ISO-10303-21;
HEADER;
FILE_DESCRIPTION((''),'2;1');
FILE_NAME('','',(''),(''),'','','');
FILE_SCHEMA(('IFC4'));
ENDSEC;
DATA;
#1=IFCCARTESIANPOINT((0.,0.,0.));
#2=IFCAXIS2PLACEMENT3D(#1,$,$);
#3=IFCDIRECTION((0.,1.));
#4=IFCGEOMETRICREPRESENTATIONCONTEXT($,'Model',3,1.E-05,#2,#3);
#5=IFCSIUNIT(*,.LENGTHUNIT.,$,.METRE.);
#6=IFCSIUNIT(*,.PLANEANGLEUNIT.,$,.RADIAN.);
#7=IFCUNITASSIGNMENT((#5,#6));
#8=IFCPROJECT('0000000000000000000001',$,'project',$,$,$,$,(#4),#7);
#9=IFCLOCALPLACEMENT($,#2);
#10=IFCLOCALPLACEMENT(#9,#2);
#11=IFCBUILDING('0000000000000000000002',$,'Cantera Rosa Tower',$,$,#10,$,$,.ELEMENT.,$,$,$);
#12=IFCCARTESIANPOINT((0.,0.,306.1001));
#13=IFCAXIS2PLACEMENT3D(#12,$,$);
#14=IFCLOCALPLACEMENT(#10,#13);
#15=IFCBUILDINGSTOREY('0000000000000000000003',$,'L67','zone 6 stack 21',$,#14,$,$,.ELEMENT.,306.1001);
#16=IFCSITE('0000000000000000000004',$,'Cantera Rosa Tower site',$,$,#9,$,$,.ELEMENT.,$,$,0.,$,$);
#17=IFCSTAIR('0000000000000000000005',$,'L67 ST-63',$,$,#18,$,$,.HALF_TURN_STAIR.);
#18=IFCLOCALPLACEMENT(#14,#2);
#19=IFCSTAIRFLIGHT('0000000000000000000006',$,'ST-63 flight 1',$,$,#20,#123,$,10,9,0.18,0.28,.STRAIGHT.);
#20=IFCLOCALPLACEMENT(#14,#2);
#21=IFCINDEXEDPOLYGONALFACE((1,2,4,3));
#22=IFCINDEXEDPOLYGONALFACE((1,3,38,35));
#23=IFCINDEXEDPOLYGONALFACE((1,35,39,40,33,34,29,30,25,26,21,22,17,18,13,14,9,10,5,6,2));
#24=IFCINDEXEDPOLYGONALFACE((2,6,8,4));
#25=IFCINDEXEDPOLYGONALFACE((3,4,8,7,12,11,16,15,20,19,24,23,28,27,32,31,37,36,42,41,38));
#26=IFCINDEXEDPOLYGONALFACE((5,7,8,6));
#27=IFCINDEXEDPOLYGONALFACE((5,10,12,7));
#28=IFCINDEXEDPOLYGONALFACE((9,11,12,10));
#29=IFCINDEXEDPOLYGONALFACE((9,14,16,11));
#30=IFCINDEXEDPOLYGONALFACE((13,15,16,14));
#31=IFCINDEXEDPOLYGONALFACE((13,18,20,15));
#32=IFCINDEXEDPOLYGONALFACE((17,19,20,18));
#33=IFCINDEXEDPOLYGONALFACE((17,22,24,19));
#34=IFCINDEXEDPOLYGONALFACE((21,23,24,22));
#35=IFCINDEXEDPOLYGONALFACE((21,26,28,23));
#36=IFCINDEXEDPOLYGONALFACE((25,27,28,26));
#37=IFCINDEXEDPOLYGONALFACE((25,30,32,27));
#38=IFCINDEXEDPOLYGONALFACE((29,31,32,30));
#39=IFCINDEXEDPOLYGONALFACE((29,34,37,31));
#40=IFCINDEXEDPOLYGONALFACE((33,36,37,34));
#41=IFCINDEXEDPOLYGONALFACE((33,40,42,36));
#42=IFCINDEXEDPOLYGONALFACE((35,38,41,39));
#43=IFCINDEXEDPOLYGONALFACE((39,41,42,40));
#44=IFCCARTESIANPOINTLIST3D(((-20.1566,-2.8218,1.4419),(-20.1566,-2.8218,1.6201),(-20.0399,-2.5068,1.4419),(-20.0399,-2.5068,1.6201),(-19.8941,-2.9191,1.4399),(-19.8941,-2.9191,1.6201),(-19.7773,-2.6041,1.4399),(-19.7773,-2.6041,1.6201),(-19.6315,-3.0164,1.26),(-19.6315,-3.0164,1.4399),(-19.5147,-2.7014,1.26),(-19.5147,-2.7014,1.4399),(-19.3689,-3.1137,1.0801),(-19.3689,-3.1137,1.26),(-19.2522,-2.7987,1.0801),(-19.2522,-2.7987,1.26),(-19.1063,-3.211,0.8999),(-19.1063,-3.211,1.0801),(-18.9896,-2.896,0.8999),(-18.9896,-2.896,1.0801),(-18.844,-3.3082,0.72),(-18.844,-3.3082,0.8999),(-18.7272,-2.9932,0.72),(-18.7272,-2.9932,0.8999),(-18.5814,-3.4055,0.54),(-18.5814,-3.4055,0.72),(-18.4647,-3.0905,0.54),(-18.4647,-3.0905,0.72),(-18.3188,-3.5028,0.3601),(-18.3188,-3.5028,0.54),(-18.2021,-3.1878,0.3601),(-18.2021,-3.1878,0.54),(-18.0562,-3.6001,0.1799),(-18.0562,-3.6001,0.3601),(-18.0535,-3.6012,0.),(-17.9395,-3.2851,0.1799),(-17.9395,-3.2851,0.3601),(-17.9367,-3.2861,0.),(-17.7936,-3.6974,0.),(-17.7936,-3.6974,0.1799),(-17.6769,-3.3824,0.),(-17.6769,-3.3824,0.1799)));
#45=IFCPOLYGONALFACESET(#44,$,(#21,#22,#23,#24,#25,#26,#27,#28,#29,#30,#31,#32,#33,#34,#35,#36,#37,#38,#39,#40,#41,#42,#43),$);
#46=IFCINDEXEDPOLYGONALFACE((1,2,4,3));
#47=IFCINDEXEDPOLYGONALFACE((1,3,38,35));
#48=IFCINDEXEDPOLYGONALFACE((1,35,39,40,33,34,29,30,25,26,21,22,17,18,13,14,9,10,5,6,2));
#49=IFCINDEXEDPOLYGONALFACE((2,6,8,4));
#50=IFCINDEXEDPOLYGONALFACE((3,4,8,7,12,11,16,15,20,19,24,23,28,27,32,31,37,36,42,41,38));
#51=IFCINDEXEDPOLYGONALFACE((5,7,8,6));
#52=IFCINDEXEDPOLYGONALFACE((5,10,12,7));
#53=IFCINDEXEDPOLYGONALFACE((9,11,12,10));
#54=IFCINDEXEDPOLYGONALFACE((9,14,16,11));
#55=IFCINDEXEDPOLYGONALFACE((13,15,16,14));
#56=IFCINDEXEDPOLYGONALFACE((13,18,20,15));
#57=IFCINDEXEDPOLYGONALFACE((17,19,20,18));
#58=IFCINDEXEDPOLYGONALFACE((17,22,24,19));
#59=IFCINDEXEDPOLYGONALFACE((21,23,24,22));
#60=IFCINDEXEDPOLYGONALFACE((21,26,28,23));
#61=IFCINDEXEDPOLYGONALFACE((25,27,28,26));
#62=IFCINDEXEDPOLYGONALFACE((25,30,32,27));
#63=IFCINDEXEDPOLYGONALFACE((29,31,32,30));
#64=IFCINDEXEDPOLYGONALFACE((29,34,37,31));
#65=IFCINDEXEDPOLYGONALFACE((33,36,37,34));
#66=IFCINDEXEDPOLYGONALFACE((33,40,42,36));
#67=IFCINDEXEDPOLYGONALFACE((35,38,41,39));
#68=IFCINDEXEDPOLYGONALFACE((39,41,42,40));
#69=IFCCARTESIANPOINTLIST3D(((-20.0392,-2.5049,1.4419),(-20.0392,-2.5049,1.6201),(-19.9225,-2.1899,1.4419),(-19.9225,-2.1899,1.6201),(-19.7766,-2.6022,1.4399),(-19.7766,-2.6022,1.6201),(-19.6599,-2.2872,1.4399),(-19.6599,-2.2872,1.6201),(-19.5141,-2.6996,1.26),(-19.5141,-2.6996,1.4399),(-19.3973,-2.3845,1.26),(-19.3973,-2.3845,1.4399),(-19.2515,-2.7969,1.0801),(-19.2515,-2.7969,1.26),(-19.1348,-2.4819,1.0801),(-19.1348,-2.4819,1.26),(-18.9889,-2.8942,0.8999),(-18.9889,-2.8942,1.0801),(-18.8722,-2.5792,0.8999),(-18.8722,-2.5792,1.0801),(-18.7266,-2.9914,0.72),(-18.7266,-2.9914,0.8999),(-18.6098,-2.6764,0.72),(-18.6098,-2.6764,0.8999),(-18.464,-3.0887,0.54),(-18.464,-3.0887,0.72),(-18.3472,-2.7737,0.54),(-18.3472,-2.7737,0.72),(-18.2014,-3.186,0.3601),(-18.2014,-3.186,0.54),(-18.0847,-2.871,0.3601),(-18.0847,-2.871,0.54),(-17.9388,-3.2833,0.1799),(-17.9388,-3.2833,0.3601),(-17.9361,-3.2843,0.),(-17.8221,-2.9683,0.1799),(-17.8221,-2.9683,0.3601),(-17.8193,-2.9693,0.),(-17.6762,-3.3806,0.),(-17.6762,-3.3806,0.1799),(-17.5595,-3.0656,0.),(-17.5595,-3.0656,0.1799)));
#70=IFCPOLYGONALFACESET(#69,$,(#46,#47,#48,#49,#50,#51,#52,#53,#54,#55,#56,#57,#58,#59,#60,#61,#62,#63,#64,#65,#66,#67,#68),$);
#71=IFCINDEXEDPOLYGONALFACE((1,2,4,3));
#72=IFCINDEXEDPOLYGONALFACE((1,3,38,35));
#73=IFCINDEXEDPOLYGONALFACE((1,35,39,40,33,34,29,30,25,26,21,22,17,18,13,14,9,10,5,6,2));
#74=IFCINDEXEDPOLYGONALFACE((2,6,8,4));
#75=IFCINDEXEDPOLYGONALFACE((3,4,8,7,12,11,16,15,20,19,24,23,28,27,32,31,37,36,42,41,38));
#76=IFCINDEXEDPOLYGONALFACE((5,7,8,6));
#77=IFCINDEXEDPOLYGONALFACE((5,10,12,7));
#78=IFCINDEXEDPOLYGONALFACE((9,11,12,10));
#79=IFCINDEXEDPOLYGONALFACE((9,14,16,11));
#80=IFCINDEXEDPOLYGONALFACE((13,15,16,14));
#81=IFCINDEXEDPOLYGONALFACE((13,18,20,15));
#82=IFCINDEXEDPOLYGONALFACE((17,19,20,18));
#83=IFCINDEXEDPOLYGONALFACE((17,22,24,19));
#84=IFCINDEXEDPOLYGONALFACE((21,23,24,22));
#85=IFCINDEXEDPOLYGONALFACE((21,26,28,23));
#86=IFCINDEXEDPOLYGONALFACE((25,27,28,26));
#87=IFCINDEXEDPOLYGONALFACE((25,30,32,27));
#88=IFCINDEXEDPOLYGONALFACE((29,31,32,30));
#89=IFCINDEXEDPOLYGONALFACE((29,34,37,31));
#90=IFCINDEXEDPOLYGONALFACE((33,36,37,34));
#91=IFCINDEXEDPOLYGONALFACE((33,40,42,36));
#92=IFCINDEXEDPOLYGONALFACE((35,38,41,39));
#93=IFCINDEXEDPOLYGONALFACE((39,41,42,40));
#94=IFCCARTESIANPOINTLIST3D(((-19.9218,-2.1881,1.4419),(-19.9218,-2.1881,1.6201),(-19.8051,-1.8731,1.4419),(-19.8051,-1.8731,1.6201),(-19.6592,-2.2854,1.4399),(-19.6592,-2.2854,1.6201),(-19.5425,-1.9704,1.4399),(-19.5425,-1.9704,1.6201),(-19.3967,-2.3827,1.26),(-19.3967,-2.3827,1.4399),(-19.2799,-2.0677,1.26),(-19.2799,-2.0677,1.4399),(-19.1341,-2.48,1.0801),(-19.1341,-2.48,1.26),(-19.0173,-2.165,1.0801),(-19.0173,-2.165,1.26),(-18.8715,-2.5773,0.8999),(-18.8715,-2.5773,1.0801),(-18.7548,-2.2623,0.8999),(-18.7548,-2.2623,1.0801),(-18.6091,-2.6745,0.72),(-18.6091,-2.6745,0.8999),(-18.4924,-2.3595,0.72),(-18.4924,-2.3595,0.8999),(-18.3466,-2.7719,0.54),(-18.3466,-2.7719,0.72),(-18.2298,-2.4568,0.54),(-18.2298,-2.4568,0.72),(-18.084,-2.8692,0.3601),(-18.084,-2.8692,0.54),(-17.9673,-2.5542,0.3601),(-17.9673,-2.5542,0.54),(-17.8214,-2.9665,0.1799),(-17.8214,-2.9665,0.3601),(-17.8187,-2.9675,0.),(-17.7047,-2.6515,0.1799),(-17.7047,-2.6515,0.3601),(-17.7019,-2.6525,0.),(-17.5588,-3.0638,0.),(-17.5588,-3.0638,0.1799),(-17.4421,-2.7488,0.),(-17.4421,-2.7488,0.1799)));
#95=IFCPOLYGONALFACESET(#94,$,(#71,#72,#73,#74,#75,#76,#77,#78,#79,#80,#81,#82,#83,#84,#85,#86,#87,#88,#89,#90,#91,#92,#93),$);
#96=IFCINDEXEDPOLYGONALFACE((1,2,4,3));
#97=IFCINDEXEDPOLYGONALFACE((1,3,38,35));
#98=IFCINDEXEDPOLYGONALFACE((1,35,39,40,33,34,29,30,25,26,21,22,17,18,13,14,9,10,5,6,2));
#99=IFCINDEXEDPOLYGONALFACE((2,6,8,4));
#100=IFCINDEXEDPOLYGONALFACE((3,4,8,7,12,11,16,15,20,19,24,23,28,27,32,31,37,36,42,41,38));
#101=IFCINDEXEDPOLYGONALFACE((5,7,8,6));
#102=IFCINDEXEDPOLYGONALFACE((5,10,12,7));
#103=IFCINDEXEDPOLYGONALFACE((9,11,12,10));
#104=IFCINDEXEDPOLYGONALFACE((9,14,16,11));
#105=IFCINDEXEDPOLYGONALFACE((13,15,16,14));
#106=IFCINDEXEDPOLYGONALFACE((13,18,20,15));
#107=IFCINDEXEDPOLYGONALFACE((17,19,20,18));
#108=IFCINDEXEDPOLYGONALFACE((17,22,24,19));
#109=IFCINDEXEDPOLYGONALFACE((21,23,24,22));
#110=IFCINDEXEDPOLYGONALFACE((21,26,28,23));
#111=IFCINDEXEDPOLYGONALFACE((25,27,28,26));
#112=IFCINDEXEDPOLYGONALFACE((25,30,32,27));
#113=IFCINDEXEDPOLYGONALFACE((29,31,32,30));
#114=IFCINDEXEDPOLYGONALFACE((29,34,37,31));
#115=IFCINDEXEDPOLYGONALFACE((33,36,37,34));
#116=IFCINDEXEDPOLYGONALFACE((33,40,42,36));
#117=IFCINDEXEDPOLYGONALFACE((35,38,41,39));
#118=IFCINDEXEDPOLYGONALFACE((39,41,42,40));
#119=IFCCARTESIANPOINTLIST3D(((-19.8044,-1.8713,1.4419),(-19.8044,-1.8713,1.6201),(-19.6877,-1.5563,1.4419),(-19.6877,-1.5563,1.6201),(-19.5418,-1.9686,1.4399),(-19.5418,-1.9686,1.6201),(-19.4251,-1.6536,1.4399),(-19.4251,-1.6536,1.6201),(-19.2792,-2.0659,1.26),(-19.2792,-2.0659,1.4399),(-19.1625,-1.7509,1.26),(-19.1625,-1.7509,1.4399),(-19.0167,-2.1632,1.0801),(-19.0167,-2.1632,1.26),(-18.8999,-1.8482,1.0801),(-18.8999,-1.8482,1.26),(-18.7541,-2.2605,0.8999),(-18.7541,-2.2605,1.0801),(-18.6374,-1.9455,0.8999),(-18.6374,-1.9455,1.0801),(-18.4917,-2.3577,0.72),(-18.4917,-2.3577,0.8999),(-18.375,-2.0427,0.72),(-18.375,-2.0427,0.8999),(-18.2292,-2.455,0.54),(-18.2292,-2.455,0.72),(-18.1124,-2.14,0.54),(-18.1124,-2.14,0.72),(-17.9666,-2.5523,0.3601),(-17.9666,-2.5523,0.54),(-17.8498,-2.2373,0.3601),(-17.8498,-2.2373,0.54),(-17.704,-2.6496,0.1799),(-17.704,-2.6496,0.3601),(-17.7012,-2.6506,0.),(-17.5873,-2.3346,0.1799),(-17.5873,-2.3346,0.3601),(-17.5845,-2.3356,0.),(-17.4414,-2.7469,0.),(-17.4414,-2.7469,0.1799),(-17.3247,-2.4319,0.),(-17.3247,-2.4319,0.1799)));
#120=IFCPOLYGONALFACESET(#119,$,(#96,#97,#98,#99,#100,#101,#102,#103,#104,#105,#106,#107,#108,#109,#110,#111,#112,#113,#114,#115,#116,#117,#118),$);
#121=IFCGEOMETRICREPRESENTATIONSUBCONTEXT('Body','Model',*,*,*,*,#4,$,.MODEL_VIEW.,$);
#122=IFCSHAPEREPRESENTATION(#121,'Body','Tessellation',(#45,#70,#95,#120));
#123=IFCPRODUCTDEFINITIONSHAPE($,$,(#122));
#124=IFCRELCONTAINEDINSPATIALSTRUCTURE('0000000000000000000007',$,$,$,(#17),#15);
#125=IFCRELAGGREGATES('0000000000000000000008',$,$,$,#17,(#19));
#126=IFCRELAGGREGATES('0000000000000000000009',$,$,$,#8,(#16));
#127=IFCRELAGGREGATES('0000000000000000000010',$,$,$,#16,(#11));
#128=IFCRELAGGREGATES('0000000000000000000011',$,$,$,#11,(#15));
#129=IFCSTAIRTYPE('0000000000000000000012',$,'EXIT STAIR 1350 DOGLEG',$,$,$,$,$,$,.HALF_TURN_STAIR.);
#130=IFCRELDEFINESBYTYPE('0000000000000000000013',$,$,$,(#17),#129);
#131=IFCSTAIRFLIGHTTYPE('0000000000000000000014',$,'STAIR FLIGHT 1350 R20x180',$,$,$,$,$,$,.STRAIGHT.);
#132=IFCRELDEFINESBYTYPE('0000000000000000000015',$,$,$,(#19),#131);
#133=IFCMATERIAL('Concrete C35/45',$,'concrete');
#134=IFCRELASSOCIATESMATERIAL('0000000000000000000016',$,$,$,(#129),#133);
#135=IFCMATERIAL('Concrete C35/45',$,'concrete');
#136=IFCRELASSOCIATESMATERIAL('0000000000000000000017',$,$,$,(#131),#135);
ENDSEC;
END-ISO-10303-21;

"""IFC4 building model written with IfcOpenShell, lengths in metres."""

from ifc_helpers import new_model, si_unit, direction, frame, origin, place, context, subcontext, project, spatial, polyline, outline, extrude, material, type_object, element, aggregate, save


model = new_model("IFC4")

# Units and contexts
model_context = context("Model", 3, precision=1e-05, world=origin(), true_north=direction((0.0, 1.0)))
body_context = subcontext(model_context, "Body", "Model", "MODEL_VIEW")
ifc_project = project(units=[si_unit("LENGTHUNIT", "METRE"), si_unit("PLANEANGLEUNIT", "RADIAN")], contexts=[model_context])

# Site, building, storey
site_placement = place(None, origin())
site = spatial("IfcSite", under=ifc_project, at=site_placement, Name="Cantera Rosa Tower site", CompositionType="ELEMENT", RefElevation=0.0)
building_placement = place(site_placement, origin())
building = spatial("IfcBuilding", under=site, at=building_placement, Name="Cantera Rosa Tower", CompositionType="ELEMENT")
storey_placement = place(building_placement, frame((0.0, 0.0, 306.1001)))
storey = spatial("IfcBuildingStorey", under=building, at=storey_placement, Name="L67", Description="zone 6 stack 21", CompositionType="ELEMENT", Elevation=306.1001)

# Stair, stair flight
ifc_material_1 = material(Name="Concrete C35/45", Category="concrete")
stair_type = type_object("IfcStairType", Name="EXIT STAIR 1350 DOGLEG", PredefinedType="HALF_TURN_STAIR", material=ifc_material_1)
stair_placement = place(storey_placement, origin())
stair = element("IfcStair", 1, at=stair_placement, inside=storey, type_object=stair_type, Name="L67 ST-63", PredefinedType="HALF_TURN_STAIR")
ifc_material_2 = material(Name="Concrete C35/45", Category="concrete")
stair_flight_type = type_object("IfcStairFlightType", Name="STAIR FLIGHT 1350 R20x180", PredefinedType="STRAIGHT", material=ifc_material_2)
stair_flight_1_placement = place(storey_placement, frame((-17.5591, -3.0645, 0.0), z_axis=(0.0, 0.0, 1.0), x_axis=(-0.937687, 0.347481, 0.0)))
stair_flight_1 = element("IfcStairFlight", 2, at=stair_flight_1_placement, type_object=stair_flight_type, Name="ST-63 flight 1", NumberOfRisers=10, NumberOfTreads=9, PredefinedType="STRAIGHT", RiserHeight=0.18, TreadLength=0.28, context=body_context, shape_type="SweptSolid", body=[
    extrude(outline(polyline([(0.0, 0.0), (0.0, 0.1799), (0.28, 0.1799), (0.28, 0.3601), (0.5601, 0.3601), (0.5601, 0.54), (0.8401, 0.54), (0.8401, 0.72), (1.1201, 0.72), (1.1201, 0.8999), (1.3999, 0.8999), (1.3999, 1.0801), (1.6799, 1.0801), (1.6799, 1.26), (1.96, 1.26), (1.96, 1.4399), (2.24, 1.4399), (2.24, 1.6201), (2.52, 1.6201), (2.52, 1.8), (2.52, 1.4419), (0.2771, 0.0), (0.0, 0.0)])), frame((0.0, 0.675, 0.0), z_axis=(0.0, -1.0, 0.0), x_axis=(1.0, 0.0, 0.0)), (0.0, 0.0, 1.0), 0.3359),
    extrude(outline(polyline([(0.0, 0.0), (0.0, 0.1799), (0.28, 0.1799), (0.28, 0.3601), (0.5601, 0.3601), (0.5601, 0.54), (0.8401, 0.54), (0.8401, 0.72), (1.1201, 0.72), (1.1201, 0.8999), (1.3999, 0.8999), (1.3999, 1.0801), (1.6799, 1.0801), (1.6799, 1.26), (1.96, 1.26), (1.96, 1.4399), (2.24, 1.4399), (2.24, 1.6201), (2.52, 1.6201), (2.52, 1.8), (2.52, 1.4419), (0.2771, 0.0), (0.0, 0.0)])), frame((0.0, 0.3372, 0.0), z_axis=(0.0, -1.0, 0.0), x_axis=(1.0, 0.0, 0.0)), (0.0, 0.0, 1.0), 0.3359),
    extrude(outline(polyline([(0.0, 0.0), (0.0, 0.1799), (0.28, 0.1799), (0.28, 0.3601), (0.5601, 0.3601), (0.5601, 0.54), (0.8401, 0.54), (0.8401, 0.72), (1.1201, 0.72), (1.1201, 0.8999), (1.3999, 0.8999), (1.3999, 1.0801), (1.6799, 1.0801), (1.6799, 1.26), (1.96, 1.26), (1.96, 1.4399), (2.24, 1.4399), (2.24, 1.6201), (2.52, 1.6201), (2.52, 1.8), (2.52, 1.4419), (0.2771, 0.0), (0.0, 0.0)])), frame((0.0, -0.0007, 0.0), z_axis=(0.0, -1.0, 0.0), x_axis=(1.0, 0.0, 0.0)), (0.0, 0.0, 1.0), 0.3359),
    extrude(outline(polyline([(0.0, 0.0), (0.0, 0.1799), (0.28, 0.1799), (0.28, 0.3601), (0.5601, 0.3601), (0.5601, 0.54), (0.8401, 0.54), (0.8401, 0.72), (1.1201, 0.72), (1.1201, 0.8999), (1.3999, 0.8999), (1.3999, 1.0801), (1.6799, 1.0801), (1.6799, 1.26), (1.96, 1.26), (1.96, 1.4399), (2.24, 1.4399), (2.24, 1.6201), (2.52, 1.6201), (2.52, 1.8), (2.52, 1.4419), (0.2771, 0.0), (0.0, 0.0)])), frame((0.0, -0.3386, 0.0), z_axis=(0.0, -1.0, 0.0), x_axis=(1.0, 0.0, 0.0)), (0.0, 0.0, 1.0), 0.3359),
])
aggregate(stair, [stair_flight_1])

save(model, "model.ifc")
